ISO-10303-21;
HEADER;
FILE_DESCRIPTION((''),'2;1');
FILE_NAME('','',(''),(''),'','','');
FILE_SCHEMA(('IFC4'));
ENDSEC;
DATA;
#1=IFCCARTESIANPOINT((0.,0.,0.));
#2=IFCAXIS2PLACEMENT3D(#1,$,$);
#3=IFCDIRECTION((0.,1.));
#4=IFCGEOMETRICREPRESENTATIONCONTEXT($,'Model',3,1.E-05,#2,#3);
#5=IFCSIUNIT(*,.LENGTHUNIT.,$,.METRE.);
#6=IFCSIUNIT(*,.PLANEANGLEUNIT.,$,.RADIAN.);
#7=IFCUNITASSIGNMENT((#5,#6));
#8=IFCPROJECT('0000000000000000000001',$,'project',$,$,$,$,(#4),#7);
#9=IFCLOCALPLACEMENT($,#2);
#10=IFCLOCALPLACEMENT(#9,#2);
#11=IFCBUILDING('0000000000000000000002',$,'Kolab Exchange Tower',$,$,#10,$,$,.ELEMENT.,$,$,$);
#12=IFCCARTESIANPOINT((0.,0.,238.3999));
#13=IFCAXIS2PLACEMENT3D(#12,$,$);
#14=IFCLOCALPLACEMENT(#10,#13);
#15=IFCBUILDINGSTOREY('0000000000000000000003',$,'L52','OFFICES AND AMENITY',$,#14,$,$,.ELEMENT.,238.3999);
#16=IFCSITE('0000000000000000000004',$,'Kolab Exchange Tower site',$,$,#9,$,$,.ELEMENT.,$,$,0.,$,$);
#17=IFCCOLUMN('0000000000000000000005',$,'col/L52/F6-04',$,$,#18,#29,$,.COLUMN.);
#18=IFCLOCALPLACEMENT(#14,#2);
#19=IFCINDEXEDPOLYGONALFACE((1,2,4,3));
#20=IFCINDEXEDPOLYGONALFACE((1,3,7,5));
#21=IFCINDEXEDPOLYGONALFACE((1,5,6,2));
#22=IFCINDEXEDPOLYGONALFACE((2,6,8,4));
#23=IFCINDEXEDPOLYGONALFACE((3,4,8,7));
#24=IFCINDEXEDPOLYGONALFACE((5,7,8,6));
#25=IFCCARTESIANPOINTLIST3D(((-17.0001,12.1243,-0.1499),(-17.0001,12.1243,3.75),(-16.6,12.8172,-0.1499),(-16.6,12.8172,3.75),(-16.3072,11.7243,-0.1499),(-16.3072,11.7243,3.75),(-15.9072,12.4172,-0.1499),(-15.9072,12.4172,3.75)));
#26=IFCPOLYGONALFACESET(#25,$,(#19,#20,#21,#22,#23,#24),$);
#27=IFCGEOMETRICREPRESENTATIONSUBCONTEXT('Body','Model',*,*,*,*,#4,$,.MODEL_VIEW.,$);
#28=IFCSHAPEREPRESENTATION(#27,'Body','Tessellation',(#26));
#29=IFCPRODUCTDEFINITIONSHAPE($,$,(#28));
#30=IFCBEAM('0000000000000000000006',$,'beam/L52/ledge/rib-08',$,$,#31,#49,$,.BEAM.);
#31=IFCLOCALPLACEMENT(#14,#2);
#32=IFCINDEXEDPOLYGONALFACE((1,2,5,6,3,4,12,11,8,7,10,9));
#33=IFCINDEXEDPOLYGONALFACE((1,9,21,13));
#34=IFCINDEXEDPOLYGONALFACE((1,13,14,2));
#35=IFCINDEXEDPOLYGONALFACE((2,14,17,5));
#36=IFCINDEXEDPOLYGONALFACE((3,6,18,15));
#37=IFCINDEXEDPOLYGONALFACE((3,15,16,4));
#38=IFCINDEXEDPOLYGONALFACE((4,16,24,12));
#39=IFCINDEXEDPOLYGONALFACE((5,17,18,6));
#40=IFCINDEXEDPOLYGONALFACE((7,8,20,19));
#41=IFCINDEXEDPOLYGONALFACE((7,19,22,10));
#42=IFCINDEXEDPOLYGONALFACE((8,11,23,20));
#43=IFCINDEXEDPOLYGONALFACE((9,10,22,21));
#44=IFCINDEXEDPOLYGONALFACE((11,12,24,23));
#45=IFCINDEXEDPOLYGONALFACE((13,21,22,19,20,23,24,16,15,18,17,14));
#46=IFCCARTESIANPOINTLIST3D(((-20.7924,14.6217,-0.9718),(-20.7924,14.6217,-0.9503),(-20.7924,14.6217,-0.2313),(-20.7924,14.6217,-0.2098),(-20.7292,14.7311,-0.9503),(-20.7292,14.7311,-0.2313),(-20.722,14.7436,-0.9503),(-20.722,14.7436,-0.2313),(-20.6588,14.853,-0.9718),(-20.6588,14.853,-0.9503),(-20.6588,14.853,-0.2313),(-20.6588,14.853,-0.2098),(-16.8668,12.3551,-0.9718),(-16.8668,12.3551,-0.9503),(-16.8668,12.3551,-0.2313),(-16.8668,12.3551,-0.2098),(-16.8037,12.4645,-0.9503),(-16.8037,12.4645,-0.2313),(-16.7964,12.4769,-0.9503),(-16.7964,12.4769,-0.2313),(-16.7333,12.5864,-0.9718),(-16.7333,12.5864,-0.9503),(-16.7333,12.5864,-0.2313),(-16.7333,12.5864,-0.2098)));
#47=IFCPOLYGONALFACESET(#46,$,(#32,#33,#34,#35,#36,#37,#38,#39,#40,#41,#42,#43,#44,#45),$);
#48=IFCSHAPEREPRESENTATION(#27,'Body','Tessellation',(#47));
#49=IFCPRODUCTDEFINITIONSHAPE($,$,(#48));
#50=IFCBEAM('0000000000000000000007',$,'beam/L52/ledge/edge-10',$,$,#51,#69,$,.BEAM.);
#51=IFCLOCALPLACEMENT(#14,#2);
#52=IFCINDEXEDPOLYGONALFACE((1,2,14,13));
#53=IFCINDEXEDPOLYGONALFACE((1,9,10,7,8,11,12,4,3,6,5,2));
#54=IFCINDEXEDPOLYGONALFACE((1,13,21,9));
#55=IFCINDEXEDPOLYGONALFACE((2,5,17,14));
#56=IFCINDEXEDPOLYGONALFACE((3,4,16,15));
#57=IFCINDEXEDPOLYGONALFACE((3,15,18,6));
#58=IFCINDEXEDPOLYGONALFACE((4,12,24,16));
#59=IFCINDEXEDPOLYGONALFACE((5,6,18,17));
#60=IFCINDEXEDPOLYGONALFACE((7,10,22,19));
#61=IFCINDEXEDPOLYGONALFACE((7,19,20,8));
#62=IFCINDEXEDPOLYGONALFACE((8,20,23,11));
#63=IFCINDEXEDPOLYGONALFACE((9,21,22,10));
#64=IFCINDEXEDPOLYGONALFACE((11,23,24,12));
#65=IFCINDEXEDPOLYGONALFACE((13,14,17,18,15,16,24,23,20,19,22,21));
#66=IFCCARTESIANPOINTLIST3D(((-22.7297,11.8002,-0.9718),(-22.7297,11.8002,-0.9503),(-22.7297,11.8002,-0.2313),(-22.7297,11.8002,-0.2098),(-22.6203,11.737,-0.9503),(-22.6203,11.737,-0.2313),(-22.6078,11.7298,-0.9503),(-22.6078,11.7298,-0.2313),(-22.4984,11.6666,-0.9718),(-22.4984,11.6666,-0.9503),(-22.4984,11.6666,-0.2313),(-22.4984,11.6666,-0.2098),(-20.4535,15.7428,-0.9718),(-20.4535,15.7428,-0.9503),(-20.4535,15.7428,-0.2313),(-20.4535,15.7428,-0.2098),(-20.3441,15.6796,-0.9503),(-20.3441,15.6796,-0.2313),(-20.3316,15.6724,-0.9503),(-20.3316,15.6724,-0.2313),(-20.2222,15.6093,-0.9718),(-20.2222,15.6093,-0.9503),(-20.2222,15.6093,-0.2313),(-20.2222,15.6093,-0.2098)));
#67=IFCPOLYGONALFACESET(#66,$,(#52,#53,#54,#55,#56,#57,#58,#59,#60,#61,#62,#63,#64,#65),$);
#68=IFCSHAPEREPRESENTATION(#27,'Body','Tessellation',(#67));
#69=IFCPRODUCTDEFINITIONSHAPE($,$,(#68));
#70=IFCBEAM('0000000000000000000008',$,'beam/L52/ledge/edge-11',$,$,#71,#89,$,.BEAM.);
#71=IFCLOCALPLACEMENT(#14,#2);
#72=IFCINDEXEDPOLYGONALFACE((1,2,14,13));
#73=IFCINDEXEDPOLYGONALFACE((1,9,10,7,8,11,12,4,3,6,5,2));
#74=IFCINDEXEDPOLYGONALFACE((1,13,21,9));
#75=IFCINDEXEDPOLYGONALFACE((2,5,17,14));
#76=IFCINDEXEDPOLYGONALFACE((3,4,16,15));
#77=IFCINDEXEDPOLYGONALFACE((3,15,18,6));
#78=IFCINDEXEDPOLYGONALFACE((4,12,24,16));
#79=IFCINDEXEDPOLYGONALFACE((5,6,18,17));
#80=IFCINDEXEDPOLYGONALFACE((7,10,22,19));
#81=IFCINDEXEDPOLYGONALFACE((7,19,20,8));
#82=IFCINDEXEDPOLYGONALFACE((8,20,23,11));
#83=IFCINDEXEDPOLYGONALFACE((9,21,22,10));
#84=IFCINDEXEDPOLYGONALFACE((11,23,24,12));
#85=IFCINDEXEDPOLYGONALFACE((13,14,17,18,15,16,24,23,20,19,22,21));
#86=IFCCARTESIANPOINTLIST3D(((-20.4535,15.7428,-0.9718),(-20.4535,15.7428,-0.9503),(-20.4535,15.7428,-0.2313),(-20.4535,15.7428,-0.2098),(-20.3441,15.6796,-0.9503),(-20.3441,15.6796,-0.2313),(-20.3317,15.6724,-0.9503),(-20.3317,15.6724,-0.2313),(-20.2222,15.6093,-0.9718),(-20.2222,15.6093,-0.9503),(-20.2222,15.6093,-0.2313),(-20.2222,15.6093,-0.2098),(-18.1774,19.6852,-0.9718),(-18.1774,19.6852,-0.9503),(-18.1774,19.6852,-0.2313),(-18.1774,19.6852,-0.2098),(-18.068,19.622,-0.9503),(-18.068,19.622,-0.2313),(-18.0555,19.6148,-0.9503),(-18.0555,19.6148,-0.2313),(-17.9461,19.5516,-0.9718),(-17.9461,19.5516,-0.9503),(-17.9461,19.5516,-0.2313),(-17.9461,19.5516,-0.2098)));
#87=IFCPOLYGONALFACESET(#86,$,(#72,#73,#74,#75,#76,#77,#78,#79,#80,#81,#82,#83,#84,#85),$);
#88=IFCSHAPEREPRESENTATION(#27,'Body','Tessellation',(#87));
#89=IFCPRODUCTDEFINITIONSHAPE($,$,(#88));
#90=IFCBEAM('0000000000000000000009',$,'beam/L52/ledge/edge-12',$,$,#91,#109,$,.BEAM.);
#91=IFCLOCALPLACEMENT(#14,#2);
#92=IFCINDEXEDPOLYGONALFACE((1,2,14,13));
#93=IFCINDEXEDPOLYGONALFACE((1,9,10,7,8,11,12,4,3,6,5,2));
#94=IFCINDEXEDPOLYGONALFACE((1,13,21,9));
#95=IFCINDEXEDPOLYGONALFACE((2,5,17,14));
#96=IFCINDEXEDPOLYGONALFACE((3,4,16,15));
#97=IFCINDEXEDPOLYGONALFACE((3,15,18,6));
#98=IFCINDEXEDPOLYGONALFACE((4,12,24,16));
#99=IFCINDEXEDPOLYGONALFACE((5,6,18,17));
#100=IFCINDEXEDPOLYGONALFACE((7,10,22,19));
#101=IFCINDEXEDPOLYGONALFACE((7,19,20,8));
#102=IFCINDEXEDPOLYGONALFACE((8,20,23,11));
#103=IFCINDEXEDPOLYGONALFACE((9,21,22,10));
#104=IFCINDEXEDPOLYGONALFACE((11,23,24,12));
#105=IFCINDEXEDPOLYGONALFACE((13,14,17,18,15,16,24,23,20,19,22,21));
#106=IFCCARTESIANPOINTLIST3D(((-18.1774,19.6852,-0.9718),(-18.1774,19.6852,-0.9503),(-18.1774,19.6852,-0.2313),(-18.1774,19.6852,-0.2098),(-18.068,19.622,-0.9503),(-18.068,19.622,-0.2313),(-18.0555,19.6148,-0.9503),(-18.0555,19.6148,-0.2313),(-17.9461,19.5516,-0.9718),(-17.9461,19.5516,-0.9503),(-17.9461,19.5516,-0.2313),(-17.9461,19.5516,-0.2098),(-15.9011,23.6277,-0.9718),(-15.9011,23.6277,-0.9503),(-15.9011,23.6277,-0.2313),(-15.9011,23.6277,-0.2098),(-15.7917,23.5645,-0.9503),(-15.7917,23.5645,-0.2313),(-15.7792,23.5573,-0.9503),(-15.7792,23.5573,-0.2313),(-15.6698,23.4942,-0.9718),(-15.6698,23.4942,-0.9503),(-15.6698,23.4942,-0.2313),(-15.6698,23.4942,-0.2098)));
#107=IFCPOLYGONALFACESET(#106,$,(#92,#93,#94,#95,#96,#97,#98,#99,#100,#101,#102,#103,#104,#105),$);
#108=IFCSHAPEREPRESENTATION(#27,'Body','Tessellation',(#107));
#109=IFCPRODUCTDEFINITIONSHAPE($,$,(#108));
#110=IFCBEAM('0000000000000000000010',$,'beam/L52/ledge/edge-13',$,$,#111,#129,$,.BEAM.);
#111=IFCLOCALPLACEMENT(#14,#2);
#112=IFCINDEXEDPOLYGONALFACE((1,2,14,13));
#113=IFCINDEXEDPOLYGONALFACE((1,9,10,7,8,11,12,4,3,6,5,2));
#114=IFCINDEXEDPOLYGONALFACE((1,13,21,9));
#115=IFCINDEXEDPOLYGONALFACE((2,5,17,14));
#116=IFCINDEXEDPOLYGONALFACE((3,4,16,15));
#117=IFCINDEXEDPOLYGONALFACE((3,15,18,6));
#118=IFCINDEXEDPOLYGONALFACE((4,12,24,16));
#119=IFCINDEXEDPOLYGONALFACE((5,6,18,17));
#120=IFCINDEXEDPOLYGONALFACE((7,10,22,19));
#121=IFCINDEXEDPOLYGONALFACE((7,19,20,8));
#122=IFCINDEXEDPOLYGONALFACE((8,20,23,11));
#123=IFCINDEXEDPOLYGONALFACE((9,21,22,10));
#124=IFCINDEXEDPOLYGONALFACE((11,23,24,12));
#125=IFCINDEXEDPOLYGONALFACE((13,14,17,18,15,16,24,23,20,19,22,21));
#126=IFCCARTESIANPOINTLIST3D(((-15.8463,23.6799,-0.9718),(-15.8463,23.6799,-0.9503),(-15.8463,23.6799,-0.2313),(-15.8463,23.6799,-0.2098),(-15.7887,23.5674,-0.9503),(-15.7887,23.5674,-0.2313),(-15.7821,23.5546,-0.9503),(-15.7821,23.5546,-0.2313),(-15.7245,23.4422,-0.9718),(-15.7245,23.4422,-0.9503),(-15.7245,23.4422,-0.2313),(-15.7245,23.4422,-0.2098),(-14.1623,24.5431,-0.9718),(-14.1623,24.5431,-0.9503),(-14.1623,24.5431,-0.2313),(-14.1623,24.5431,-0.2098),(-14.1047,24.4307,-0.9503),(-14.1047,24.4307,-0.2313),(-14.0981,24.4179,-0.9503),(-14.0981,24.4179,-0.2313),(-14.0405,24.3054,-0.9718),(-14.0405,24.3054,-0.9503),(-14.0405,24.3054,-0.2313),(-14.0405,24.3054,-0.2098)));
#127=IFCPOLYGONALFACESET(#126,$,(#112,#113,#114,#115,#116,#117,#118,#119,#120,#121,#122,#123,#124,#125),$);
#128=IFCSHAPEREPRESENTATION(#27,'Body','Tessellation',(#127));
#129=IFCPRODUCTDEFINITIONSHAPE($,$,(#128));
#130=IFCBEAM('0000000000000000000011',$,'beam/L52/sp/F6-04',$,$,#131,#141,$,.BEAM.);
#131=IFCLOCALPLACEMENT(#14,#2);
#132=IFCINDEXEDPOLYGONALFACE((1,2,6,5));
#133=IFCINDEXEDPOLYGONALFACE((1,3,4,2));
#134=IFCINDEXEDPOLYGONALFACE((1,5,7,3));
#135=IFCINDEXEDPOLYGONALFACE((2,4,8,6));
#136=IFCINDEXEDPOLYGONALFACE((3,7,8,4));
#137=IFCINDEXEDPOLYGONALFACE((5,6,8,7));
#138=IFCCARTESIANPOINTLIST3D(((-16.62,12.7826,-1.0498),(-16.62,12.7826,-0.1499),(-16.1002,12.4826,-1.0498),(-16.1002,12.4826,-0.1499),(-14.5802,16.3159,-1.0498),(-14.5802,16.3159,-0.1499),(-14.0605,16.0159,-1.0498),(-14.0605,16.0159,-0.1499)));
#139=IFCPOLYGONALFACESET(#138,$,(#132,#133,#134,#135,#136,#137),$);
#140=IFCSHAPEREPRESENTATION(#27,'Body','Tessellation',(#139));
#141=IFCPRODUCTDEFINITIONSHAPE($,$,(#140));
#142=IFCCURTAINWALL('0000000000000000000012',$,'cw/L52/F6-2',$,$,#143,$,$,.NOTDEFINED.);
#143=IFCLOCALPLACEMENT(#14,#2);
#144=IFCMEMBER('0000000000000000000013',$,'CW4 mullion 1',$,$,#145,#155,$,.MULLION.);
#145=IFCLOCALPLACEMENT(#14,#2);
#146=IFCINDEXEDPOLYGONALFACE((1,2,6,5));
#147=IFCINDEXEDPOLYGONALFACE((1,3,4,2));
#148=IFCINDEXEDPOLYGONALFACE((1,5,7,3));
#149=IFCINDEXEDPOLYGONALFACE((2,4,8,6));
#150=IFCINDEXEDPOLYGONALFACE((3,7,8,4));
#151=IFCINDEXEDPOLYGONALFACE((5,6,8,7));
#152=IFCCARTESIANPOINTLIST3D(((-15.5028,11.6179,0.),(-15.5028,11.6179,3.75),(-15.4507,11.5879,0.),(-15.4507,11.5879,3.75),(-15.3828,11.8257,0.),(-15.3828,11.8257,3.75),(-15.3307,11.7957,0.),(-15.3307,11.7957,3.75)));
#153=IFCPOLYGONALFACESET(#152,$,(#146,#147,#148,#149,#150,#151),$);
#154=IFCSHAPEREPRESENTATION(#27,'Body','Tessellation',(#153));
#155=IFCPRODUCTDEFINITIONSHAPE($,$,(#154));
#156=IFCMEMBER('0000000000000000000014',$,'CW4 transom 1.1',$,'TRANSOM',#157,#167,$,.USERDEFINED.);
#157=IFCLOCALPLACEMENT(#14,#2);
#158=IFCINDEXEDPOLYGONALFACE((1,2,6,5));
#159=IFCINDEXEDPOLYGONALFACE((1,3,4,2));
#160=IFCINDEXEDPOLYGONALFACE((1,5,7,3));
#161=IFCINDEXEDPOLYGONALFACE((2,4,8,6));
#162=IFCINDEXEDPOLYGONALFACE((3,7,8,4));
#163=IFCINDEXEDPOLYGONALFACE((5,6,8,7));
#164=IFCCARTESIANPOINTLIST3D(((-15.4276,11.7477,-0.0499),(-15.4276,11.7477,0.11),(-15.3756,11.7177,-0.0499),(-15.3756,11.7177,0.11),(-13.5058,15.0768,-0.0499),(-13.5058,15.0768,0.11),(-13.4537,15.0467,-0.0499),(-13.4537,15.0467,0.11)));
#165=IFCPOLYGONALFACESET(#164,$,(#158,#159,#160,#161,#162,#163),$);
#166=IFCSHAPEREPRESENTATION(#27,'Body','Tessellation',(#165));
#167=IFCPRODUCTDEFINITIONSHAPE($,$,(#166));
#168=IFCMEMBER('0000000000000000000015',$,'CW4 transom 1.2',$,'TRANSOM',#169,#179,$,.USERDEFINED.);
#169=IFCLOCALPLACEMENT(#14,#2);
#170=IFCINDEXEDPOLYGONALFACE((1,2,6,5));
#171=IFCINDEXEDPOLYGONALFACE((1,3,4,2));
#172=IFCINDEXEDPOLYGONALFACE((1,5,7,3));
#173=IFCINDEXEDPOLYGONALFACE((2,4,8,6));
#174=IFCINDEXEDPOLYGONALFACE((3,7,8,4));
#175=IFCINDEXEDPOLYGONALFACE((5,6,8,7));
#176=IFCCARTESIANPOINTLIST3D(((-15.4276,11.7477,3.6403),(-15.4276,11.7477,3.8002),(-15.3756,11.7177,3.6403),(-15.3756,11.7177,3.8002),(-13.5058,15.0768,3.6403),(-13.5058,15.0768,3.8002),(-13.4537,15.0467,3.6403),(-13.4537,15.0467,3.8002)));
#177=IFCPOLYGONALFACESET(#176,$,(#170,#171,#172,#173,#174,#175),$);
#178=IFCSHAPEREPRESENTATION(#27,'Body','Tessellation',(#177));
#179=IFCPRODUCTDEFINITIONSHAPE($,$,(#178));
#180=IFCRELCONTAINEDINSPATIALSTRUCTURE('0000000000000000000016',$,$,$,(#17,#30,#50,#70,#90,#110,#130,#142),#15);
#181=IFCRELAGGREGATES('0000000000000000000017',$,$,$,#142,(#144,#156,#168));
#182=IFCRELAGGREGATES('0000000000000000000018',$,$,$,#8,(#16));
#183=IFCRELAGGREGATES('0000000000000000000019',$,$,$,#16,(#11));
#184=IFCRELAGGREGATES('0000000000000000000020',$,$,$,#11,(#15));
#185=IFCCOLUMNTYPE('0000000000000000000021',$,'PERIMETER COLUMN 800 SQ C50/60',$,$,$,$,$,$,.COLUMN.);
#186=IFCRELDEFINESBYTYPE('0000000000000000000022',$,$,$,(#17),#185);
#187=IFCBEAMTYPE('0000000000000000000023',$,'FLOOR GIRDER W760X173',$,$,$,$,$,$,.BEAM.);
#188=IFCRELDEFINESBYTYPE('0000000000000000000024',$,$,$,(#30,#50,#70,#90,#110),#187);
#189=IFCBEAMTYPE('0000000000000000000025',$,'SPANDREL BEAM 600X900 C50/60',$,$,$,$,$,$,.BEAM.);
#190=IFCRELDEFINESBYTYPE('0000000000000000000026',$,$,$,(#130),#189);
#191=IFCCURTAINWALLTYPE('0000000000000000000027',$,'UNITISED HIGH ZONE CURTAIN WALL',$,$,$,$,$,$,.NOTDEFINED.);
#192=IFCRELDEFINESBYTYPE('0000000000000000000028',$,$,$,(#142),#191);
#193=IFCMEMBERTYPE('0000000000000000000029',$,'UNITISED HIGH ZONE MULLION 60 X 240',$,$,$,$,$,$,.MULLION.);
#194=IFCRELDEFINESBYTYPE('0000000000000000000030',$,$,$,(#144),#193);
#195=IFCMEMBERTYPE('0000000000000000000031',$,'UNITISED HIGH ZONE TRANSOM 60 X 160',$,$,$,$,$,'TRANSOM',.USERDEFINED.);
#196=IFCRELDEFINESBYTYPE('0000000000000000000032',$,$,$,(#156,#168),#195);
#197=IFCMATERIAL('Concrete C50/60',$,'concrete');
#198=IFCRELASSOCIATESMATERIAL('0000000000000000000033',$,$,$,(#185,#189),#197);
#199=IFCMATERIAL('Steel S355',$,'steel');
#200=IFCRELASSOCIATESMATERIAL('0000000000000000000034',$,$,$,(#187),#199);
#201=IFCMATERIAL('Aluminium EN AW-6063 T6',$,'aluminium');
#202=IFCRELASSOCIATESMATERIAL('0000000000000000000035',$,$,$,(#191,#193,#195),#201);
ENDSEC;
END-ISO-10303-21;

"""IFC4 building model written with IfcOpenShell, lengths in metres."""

from ifc_helpers import new_model, si_unit, direction, frame, origin, origin_2d, place, context, subcontext, project, spatial, rectangle, i_section, extrude, material, material_profile, profile_set, type_object, element, aggregate, save


model = new_model("IFC4")

# Units and contexts
model_context = context("Model", 3, precision=1e-05, world=origin(), true_north=direction((0.0, 1.0)))
body_context = subcontext(model_context, "Body", "Model", "MODEL_VIEW")
ifc_project = project(units=[si_unit("LENGTHUNIT", "METRE"), si_unit("PLANEANGLEUNIT", "RADIAN")], contexts=[model_context])

# Site, building, storey
site_placement = place(None, origin())
site = spatial("IfcSite", under=ifc_project, at=site_placement, Name="Kolab Exchange Tower site", CompositionType="ELEMENT", RefElevation=0.0)
building_placement = place(site_placement, origin())
building = spatial("IfcBuilding", under=site, at=building_placement, Name="Kolab Exchange Tower", CompositionType="ELEMENT")
storey_placement = place(building_placement, frame((0.0, 0.0, 238.3999)))
storey = spatial("IfcBuildingStorey", under=building, at=storey_placement, Name="L52", Description="OFFICES AND AMENITY", CompositionType="ELEMENT", Elevation=238.3999)

# Column
ifc_material_1 = material(Name="Concrete C50/60", Category="concrete")
ifc_material_profile_1 = material_profile(ifc_material_1, rectangle(XDim=0.8, YDim=0.8, at=origin_2d()), Name="RC800")
ifc_profile_set_1 = profile_set([ifc_material_profile_1], Name="Concrete C50/60")
column_type = type_object("IfcColumnType", Name="PERIMETER COLUMN 800 SQ C50/60", PredefinedType="COLUMN", material=ifc_profile_set_1)
column_placement = place(storey_placement, frame((-16.4536, 12.2708, -0.1499), z_axis=(0.0, 0.0, 1.0), x_axis=(0.5, 0.866025, 0.0)))
element("IfcColumn", 1, at=column_placement, inside=storey, type_object=column_type, Name="col/L52/F6-04", PredefinedType="COLUMN", context=body_context, shape_type="SweptSolid", body=[
    extrude(rectangle(XDim=0.8, YDim=0.8, at=origin_2d()), origin(), (0.0, 0.0, 1.0), 3.8999),
])

# Beams
ifc_material_2 = material(Name="Steel S355", Category="steel")
ifc_material_profile_2 = material_profile(ifc_material_2, i_section(OverallWidth=0.2671, OverallDepth=0.762, WebThickness=0.0144, FlangeThickness=0.0215, at=origin_2d()), Name="W760X173")
ifc_profile_set_2 = profile_set([ifc_material_profile_2], Name="Steel S355")
beam_type_1 = type_object("IfcBeamType", Name="FLOOR GIRDER W760X173", PredefinedType="BEAM", material=ifc_profile_set_2)
beam_1_placement = place(storey_placement, frame((-16.8, 12.4707, -0.5908), z_axis=(-0.866007, 0.500032, 0.0), x_axis=(-0.500032, -0.866007, 0.0)))
element("IfcBeam", 2, at=beam_1_placement, inside=storey, type_object=beam_type_1, Name="beam/L52/ledge/rib-08", PredefinedType="BEAM", context=body_context, shape_type="SweptSolid", body=[
    extrude(i_section(OverallWidth=0.2671, OverallDepth=0.762, WebThickness=0.0144, FlangeThickness=0.0215, at=origin_2d()), origin(), (0.0, 0.0, 1.0), 4.533),
])
beam_2_placement = place(storey_placement, frame((-22.614, 11.7334, -0.5908), z_axis=(0.499975, 0.86604, 0.0), x_axis=(-0.86604, 0.499975, 0.0)))
element("IfcBeam", 3, at=beam_2_placement, inside=storey, type_object=beam_type_1, Name="beam/L52/ledge/edge-10", PredefinedType="BEAM", context=body_context, shape_type="SweptSolid", body=[
    extrude(i_section(OverallWidth=0.2671, OverallDepth=0.762, WebThickness=0.0144, FlangeThickness=0.0215, at=origin_2d()), origin(), (0.0, 0.0, 1.0), 4.5525),
])
beam_3_placement = place(storey_placement, frame((-20.3379, 15.676, -0.5908), z_axis=(0.499998, 0.866027, 0.0), x_axis=(-0.866027, 0.499998, 0.0)))
element("IfcBeam", 4, at=beam_3_placement, inside=storey, type_object=beam_type_1, Name="beam/L52/ledge/edge-11", PredefinedType="BEAM", context=body_context, shape_type="SweptSolid", body=[
    extrude(i_section(OverallWidth=0.2671, OverallDepth=0.762, WebThickness=0.0144, FlangeThickness=0.0215, at=origin_2d()), origin(), (0.0, 0.0, 1.0), 4.5522),
])
beam_4_placement = place(storey_placement, frame((-18.0618, 19.6184, -0.5908), z_axis=(0.500015, 0.866017, 0.0), x_axis=(-0.866017, 0.500015, 0.0)))
element("IfcBeam", 5, at=beam_4_placement, inside=storey, type_object=beam_type_1, Name="beam/L52/ledge/edge-12", PredefinedType="BEAM", context=body_context, shape_type="SweptSolid", body=[
    extrude(i_section(OverallWidth=0.2671, OverallDepth=0.762, WebThickness=0.0144, FlangeThickness=0.0215, at=origin_2d()), origin(), (0.0, 0.0, 1.0), 4.5525),
])
beam_5_placement = place(storey_placement, frame((-15.7854, 23.561, -0.5908), z_axis=(0.889893, 0.45617, 0.0), x_axis=(-0.45617, 0.889893, 0.0)))
element("IfcBeam", 6, at=beam_5_placement, inside=storey, type_object=beam_type_1, Name="beam/L52/ledge/edge-13", PredefinedType="BEAM", context=body_context, shape_type="SweptSolid", body=[
    extrude(i_section(OverallWidth=0.2671, OverallDepth=0.762, WebThickness=0.0144, FlangeThickness=0.0215, at=origin_2d()), origin(), (0.0, 0.0, 1.0), 1.8923),
])
ifc_material_profile_3 = material_profile(ifc_material_1, rectangle(XDim=0.6001, YDim=0.8999, at=origin_2d()), Name="RC600X900")
ifc_profile_set_3 = profile_set([ifc_material_profile_3], Name="Concrete C50/60")
beam_type_2 = type_object("IfcBeamType", Name="SPANDREL BEAM 600X900 C50/60", PredefinedType="BEAM", material=ifc_profile_set_3)
beam_6_placement = place(storey_placement, frame((-16.3601, 12.6326, -0.5999), z_axis=(0.499956, 0.866051, 0.0), x_axis=(-0.866051, 0.499956, 0.0)))
element("IfcBeam", 7, at=beam_6_placement, inside=storey, type_object=beam_type_2, Name="beam/L52/sp/F6-04", PredefinedType="BEAM", context=body_context, shape_type="SweptSolid", body=[
    extrude(rectangle(XDim=0.6001, YDim=0.8999, at=origin_2d()), origin(), (0.0, 0.0, 1.0), 4.0798),
])

# Curtain wall, members
ifc_material_3 = material(Name="Aluminium EN AW-6063 T6", Category="aluminium")
curtain_wall_type = type_object("IfcCurtainWallType", Name="UNITISED HIGH ZONE CURTAIN WALL", PredefinedType="NOTDEFINED", material=ifc_material_3)
curtain_wall_placement = place(storey_placement, origin())
curtain_wall = element("IfcCurtainWall", 8, at=curtain_wall_placement, inside=storey, type_object=curtain_wall_type, Name="cw/L52/F6-2", PredefinedType="NOTDEFINED")
ifc_material_profile_4 = material_profile(ifc_material_3, rectangle(XDim=0.0601, YDim=0.24, at=origin_2d()), Name="RECT 60X240")
ifc_profile_set_4 = profile_set([ifc_material_profile_4], Name="Aluminium EN AW-6063 T6")
member_type_1 = type_object("IfcMemberType", Name="UNITISED HIGH ZONE MULLION 60 X 240", PredefinedType="MULLION", material=ifc_profile_set_4)
member_1_placement = place(storey_placement, frame((-15.4167, 11.7068, 0.0), z_axis=(0.0, 0.0, 1.0), x_axis=(-0.866025, 0.5, 0.0)))
member_1 = element("IfcMember", 9, at=member_1_placement, type_object=member_type_1, Name="CW4 mullion 1", PredefinedType="MULLION", context=body_context, shape_type="SweptSolid", body=[
    extrude(rectangle(XDim=0.0601, YDim=0.24, at=origin_2d()), origin(), (0.0, 0.0, 1.0), 3.75),
])
ifc_material_profile_5 = material_profile(ifc_material_3, rectangle(XDim=0.0601, YDim=0.1599, at=origin_2d()), Name="RECT 60X160")
ifc_profile_set_5 = profile_set([ifc_material_profile_5], Name="Aluminium EN AW-6063 T6")
member_type_2 = type_object("IfcMemberType", Name="UNITISED HIGH ZONE TRANSOM 60 X 160", ElementType="TRANSOM", PredefinedType="USERDEFINED", material=ifc_profile_set_5)
member_2_placement = place(storey_placement, frame((-15.4016, 11.7327, 0.03), z_axis=(0.499964, 0.866046, 0.0), x_axis=(-0.866046, 0.499964, 0.0)))
member_2 = element("IfcMember", 10, at=member_2_placement, type_object=member_type_2, Name="CW4 transom 1.1", ObjectType="TRANSOM", PredefinedType="USERDEFINED", context=body_context, shape_type="SweptSolid", body=[
    extrude(rectangle(XDim=0.0601, YDim=0.1599, at=origin_2d()), origin(), (0.0, 0.0, 1.0), 3.844),
])
member_3_placement = place(storey_placement, frame((-15.4016, 11.7327, 3.7202), z_axis=(0.499964, 0.866046, 0.0), x_axis=(-0.866046, 0.499964, 0.0)))
member_3 = element("IfcMember", 11, at=member_3_placement, type_object=member_type_2, Name="CW4 transom 1.2", ObjectType="TRANSOM", PredefinedType="USERDEFINED", context=body_context, shape_type="SweptSolid", body=[
    extrude(rectangle(XDim=0.0601, YDim=0.1599, at=origin_2d()), origin(), (0.0, 0.0, 1.0), 3.844),
])
aggregate(curtain_wall, [member_1, member_2, member_3])

save(model, "model.ifc")
